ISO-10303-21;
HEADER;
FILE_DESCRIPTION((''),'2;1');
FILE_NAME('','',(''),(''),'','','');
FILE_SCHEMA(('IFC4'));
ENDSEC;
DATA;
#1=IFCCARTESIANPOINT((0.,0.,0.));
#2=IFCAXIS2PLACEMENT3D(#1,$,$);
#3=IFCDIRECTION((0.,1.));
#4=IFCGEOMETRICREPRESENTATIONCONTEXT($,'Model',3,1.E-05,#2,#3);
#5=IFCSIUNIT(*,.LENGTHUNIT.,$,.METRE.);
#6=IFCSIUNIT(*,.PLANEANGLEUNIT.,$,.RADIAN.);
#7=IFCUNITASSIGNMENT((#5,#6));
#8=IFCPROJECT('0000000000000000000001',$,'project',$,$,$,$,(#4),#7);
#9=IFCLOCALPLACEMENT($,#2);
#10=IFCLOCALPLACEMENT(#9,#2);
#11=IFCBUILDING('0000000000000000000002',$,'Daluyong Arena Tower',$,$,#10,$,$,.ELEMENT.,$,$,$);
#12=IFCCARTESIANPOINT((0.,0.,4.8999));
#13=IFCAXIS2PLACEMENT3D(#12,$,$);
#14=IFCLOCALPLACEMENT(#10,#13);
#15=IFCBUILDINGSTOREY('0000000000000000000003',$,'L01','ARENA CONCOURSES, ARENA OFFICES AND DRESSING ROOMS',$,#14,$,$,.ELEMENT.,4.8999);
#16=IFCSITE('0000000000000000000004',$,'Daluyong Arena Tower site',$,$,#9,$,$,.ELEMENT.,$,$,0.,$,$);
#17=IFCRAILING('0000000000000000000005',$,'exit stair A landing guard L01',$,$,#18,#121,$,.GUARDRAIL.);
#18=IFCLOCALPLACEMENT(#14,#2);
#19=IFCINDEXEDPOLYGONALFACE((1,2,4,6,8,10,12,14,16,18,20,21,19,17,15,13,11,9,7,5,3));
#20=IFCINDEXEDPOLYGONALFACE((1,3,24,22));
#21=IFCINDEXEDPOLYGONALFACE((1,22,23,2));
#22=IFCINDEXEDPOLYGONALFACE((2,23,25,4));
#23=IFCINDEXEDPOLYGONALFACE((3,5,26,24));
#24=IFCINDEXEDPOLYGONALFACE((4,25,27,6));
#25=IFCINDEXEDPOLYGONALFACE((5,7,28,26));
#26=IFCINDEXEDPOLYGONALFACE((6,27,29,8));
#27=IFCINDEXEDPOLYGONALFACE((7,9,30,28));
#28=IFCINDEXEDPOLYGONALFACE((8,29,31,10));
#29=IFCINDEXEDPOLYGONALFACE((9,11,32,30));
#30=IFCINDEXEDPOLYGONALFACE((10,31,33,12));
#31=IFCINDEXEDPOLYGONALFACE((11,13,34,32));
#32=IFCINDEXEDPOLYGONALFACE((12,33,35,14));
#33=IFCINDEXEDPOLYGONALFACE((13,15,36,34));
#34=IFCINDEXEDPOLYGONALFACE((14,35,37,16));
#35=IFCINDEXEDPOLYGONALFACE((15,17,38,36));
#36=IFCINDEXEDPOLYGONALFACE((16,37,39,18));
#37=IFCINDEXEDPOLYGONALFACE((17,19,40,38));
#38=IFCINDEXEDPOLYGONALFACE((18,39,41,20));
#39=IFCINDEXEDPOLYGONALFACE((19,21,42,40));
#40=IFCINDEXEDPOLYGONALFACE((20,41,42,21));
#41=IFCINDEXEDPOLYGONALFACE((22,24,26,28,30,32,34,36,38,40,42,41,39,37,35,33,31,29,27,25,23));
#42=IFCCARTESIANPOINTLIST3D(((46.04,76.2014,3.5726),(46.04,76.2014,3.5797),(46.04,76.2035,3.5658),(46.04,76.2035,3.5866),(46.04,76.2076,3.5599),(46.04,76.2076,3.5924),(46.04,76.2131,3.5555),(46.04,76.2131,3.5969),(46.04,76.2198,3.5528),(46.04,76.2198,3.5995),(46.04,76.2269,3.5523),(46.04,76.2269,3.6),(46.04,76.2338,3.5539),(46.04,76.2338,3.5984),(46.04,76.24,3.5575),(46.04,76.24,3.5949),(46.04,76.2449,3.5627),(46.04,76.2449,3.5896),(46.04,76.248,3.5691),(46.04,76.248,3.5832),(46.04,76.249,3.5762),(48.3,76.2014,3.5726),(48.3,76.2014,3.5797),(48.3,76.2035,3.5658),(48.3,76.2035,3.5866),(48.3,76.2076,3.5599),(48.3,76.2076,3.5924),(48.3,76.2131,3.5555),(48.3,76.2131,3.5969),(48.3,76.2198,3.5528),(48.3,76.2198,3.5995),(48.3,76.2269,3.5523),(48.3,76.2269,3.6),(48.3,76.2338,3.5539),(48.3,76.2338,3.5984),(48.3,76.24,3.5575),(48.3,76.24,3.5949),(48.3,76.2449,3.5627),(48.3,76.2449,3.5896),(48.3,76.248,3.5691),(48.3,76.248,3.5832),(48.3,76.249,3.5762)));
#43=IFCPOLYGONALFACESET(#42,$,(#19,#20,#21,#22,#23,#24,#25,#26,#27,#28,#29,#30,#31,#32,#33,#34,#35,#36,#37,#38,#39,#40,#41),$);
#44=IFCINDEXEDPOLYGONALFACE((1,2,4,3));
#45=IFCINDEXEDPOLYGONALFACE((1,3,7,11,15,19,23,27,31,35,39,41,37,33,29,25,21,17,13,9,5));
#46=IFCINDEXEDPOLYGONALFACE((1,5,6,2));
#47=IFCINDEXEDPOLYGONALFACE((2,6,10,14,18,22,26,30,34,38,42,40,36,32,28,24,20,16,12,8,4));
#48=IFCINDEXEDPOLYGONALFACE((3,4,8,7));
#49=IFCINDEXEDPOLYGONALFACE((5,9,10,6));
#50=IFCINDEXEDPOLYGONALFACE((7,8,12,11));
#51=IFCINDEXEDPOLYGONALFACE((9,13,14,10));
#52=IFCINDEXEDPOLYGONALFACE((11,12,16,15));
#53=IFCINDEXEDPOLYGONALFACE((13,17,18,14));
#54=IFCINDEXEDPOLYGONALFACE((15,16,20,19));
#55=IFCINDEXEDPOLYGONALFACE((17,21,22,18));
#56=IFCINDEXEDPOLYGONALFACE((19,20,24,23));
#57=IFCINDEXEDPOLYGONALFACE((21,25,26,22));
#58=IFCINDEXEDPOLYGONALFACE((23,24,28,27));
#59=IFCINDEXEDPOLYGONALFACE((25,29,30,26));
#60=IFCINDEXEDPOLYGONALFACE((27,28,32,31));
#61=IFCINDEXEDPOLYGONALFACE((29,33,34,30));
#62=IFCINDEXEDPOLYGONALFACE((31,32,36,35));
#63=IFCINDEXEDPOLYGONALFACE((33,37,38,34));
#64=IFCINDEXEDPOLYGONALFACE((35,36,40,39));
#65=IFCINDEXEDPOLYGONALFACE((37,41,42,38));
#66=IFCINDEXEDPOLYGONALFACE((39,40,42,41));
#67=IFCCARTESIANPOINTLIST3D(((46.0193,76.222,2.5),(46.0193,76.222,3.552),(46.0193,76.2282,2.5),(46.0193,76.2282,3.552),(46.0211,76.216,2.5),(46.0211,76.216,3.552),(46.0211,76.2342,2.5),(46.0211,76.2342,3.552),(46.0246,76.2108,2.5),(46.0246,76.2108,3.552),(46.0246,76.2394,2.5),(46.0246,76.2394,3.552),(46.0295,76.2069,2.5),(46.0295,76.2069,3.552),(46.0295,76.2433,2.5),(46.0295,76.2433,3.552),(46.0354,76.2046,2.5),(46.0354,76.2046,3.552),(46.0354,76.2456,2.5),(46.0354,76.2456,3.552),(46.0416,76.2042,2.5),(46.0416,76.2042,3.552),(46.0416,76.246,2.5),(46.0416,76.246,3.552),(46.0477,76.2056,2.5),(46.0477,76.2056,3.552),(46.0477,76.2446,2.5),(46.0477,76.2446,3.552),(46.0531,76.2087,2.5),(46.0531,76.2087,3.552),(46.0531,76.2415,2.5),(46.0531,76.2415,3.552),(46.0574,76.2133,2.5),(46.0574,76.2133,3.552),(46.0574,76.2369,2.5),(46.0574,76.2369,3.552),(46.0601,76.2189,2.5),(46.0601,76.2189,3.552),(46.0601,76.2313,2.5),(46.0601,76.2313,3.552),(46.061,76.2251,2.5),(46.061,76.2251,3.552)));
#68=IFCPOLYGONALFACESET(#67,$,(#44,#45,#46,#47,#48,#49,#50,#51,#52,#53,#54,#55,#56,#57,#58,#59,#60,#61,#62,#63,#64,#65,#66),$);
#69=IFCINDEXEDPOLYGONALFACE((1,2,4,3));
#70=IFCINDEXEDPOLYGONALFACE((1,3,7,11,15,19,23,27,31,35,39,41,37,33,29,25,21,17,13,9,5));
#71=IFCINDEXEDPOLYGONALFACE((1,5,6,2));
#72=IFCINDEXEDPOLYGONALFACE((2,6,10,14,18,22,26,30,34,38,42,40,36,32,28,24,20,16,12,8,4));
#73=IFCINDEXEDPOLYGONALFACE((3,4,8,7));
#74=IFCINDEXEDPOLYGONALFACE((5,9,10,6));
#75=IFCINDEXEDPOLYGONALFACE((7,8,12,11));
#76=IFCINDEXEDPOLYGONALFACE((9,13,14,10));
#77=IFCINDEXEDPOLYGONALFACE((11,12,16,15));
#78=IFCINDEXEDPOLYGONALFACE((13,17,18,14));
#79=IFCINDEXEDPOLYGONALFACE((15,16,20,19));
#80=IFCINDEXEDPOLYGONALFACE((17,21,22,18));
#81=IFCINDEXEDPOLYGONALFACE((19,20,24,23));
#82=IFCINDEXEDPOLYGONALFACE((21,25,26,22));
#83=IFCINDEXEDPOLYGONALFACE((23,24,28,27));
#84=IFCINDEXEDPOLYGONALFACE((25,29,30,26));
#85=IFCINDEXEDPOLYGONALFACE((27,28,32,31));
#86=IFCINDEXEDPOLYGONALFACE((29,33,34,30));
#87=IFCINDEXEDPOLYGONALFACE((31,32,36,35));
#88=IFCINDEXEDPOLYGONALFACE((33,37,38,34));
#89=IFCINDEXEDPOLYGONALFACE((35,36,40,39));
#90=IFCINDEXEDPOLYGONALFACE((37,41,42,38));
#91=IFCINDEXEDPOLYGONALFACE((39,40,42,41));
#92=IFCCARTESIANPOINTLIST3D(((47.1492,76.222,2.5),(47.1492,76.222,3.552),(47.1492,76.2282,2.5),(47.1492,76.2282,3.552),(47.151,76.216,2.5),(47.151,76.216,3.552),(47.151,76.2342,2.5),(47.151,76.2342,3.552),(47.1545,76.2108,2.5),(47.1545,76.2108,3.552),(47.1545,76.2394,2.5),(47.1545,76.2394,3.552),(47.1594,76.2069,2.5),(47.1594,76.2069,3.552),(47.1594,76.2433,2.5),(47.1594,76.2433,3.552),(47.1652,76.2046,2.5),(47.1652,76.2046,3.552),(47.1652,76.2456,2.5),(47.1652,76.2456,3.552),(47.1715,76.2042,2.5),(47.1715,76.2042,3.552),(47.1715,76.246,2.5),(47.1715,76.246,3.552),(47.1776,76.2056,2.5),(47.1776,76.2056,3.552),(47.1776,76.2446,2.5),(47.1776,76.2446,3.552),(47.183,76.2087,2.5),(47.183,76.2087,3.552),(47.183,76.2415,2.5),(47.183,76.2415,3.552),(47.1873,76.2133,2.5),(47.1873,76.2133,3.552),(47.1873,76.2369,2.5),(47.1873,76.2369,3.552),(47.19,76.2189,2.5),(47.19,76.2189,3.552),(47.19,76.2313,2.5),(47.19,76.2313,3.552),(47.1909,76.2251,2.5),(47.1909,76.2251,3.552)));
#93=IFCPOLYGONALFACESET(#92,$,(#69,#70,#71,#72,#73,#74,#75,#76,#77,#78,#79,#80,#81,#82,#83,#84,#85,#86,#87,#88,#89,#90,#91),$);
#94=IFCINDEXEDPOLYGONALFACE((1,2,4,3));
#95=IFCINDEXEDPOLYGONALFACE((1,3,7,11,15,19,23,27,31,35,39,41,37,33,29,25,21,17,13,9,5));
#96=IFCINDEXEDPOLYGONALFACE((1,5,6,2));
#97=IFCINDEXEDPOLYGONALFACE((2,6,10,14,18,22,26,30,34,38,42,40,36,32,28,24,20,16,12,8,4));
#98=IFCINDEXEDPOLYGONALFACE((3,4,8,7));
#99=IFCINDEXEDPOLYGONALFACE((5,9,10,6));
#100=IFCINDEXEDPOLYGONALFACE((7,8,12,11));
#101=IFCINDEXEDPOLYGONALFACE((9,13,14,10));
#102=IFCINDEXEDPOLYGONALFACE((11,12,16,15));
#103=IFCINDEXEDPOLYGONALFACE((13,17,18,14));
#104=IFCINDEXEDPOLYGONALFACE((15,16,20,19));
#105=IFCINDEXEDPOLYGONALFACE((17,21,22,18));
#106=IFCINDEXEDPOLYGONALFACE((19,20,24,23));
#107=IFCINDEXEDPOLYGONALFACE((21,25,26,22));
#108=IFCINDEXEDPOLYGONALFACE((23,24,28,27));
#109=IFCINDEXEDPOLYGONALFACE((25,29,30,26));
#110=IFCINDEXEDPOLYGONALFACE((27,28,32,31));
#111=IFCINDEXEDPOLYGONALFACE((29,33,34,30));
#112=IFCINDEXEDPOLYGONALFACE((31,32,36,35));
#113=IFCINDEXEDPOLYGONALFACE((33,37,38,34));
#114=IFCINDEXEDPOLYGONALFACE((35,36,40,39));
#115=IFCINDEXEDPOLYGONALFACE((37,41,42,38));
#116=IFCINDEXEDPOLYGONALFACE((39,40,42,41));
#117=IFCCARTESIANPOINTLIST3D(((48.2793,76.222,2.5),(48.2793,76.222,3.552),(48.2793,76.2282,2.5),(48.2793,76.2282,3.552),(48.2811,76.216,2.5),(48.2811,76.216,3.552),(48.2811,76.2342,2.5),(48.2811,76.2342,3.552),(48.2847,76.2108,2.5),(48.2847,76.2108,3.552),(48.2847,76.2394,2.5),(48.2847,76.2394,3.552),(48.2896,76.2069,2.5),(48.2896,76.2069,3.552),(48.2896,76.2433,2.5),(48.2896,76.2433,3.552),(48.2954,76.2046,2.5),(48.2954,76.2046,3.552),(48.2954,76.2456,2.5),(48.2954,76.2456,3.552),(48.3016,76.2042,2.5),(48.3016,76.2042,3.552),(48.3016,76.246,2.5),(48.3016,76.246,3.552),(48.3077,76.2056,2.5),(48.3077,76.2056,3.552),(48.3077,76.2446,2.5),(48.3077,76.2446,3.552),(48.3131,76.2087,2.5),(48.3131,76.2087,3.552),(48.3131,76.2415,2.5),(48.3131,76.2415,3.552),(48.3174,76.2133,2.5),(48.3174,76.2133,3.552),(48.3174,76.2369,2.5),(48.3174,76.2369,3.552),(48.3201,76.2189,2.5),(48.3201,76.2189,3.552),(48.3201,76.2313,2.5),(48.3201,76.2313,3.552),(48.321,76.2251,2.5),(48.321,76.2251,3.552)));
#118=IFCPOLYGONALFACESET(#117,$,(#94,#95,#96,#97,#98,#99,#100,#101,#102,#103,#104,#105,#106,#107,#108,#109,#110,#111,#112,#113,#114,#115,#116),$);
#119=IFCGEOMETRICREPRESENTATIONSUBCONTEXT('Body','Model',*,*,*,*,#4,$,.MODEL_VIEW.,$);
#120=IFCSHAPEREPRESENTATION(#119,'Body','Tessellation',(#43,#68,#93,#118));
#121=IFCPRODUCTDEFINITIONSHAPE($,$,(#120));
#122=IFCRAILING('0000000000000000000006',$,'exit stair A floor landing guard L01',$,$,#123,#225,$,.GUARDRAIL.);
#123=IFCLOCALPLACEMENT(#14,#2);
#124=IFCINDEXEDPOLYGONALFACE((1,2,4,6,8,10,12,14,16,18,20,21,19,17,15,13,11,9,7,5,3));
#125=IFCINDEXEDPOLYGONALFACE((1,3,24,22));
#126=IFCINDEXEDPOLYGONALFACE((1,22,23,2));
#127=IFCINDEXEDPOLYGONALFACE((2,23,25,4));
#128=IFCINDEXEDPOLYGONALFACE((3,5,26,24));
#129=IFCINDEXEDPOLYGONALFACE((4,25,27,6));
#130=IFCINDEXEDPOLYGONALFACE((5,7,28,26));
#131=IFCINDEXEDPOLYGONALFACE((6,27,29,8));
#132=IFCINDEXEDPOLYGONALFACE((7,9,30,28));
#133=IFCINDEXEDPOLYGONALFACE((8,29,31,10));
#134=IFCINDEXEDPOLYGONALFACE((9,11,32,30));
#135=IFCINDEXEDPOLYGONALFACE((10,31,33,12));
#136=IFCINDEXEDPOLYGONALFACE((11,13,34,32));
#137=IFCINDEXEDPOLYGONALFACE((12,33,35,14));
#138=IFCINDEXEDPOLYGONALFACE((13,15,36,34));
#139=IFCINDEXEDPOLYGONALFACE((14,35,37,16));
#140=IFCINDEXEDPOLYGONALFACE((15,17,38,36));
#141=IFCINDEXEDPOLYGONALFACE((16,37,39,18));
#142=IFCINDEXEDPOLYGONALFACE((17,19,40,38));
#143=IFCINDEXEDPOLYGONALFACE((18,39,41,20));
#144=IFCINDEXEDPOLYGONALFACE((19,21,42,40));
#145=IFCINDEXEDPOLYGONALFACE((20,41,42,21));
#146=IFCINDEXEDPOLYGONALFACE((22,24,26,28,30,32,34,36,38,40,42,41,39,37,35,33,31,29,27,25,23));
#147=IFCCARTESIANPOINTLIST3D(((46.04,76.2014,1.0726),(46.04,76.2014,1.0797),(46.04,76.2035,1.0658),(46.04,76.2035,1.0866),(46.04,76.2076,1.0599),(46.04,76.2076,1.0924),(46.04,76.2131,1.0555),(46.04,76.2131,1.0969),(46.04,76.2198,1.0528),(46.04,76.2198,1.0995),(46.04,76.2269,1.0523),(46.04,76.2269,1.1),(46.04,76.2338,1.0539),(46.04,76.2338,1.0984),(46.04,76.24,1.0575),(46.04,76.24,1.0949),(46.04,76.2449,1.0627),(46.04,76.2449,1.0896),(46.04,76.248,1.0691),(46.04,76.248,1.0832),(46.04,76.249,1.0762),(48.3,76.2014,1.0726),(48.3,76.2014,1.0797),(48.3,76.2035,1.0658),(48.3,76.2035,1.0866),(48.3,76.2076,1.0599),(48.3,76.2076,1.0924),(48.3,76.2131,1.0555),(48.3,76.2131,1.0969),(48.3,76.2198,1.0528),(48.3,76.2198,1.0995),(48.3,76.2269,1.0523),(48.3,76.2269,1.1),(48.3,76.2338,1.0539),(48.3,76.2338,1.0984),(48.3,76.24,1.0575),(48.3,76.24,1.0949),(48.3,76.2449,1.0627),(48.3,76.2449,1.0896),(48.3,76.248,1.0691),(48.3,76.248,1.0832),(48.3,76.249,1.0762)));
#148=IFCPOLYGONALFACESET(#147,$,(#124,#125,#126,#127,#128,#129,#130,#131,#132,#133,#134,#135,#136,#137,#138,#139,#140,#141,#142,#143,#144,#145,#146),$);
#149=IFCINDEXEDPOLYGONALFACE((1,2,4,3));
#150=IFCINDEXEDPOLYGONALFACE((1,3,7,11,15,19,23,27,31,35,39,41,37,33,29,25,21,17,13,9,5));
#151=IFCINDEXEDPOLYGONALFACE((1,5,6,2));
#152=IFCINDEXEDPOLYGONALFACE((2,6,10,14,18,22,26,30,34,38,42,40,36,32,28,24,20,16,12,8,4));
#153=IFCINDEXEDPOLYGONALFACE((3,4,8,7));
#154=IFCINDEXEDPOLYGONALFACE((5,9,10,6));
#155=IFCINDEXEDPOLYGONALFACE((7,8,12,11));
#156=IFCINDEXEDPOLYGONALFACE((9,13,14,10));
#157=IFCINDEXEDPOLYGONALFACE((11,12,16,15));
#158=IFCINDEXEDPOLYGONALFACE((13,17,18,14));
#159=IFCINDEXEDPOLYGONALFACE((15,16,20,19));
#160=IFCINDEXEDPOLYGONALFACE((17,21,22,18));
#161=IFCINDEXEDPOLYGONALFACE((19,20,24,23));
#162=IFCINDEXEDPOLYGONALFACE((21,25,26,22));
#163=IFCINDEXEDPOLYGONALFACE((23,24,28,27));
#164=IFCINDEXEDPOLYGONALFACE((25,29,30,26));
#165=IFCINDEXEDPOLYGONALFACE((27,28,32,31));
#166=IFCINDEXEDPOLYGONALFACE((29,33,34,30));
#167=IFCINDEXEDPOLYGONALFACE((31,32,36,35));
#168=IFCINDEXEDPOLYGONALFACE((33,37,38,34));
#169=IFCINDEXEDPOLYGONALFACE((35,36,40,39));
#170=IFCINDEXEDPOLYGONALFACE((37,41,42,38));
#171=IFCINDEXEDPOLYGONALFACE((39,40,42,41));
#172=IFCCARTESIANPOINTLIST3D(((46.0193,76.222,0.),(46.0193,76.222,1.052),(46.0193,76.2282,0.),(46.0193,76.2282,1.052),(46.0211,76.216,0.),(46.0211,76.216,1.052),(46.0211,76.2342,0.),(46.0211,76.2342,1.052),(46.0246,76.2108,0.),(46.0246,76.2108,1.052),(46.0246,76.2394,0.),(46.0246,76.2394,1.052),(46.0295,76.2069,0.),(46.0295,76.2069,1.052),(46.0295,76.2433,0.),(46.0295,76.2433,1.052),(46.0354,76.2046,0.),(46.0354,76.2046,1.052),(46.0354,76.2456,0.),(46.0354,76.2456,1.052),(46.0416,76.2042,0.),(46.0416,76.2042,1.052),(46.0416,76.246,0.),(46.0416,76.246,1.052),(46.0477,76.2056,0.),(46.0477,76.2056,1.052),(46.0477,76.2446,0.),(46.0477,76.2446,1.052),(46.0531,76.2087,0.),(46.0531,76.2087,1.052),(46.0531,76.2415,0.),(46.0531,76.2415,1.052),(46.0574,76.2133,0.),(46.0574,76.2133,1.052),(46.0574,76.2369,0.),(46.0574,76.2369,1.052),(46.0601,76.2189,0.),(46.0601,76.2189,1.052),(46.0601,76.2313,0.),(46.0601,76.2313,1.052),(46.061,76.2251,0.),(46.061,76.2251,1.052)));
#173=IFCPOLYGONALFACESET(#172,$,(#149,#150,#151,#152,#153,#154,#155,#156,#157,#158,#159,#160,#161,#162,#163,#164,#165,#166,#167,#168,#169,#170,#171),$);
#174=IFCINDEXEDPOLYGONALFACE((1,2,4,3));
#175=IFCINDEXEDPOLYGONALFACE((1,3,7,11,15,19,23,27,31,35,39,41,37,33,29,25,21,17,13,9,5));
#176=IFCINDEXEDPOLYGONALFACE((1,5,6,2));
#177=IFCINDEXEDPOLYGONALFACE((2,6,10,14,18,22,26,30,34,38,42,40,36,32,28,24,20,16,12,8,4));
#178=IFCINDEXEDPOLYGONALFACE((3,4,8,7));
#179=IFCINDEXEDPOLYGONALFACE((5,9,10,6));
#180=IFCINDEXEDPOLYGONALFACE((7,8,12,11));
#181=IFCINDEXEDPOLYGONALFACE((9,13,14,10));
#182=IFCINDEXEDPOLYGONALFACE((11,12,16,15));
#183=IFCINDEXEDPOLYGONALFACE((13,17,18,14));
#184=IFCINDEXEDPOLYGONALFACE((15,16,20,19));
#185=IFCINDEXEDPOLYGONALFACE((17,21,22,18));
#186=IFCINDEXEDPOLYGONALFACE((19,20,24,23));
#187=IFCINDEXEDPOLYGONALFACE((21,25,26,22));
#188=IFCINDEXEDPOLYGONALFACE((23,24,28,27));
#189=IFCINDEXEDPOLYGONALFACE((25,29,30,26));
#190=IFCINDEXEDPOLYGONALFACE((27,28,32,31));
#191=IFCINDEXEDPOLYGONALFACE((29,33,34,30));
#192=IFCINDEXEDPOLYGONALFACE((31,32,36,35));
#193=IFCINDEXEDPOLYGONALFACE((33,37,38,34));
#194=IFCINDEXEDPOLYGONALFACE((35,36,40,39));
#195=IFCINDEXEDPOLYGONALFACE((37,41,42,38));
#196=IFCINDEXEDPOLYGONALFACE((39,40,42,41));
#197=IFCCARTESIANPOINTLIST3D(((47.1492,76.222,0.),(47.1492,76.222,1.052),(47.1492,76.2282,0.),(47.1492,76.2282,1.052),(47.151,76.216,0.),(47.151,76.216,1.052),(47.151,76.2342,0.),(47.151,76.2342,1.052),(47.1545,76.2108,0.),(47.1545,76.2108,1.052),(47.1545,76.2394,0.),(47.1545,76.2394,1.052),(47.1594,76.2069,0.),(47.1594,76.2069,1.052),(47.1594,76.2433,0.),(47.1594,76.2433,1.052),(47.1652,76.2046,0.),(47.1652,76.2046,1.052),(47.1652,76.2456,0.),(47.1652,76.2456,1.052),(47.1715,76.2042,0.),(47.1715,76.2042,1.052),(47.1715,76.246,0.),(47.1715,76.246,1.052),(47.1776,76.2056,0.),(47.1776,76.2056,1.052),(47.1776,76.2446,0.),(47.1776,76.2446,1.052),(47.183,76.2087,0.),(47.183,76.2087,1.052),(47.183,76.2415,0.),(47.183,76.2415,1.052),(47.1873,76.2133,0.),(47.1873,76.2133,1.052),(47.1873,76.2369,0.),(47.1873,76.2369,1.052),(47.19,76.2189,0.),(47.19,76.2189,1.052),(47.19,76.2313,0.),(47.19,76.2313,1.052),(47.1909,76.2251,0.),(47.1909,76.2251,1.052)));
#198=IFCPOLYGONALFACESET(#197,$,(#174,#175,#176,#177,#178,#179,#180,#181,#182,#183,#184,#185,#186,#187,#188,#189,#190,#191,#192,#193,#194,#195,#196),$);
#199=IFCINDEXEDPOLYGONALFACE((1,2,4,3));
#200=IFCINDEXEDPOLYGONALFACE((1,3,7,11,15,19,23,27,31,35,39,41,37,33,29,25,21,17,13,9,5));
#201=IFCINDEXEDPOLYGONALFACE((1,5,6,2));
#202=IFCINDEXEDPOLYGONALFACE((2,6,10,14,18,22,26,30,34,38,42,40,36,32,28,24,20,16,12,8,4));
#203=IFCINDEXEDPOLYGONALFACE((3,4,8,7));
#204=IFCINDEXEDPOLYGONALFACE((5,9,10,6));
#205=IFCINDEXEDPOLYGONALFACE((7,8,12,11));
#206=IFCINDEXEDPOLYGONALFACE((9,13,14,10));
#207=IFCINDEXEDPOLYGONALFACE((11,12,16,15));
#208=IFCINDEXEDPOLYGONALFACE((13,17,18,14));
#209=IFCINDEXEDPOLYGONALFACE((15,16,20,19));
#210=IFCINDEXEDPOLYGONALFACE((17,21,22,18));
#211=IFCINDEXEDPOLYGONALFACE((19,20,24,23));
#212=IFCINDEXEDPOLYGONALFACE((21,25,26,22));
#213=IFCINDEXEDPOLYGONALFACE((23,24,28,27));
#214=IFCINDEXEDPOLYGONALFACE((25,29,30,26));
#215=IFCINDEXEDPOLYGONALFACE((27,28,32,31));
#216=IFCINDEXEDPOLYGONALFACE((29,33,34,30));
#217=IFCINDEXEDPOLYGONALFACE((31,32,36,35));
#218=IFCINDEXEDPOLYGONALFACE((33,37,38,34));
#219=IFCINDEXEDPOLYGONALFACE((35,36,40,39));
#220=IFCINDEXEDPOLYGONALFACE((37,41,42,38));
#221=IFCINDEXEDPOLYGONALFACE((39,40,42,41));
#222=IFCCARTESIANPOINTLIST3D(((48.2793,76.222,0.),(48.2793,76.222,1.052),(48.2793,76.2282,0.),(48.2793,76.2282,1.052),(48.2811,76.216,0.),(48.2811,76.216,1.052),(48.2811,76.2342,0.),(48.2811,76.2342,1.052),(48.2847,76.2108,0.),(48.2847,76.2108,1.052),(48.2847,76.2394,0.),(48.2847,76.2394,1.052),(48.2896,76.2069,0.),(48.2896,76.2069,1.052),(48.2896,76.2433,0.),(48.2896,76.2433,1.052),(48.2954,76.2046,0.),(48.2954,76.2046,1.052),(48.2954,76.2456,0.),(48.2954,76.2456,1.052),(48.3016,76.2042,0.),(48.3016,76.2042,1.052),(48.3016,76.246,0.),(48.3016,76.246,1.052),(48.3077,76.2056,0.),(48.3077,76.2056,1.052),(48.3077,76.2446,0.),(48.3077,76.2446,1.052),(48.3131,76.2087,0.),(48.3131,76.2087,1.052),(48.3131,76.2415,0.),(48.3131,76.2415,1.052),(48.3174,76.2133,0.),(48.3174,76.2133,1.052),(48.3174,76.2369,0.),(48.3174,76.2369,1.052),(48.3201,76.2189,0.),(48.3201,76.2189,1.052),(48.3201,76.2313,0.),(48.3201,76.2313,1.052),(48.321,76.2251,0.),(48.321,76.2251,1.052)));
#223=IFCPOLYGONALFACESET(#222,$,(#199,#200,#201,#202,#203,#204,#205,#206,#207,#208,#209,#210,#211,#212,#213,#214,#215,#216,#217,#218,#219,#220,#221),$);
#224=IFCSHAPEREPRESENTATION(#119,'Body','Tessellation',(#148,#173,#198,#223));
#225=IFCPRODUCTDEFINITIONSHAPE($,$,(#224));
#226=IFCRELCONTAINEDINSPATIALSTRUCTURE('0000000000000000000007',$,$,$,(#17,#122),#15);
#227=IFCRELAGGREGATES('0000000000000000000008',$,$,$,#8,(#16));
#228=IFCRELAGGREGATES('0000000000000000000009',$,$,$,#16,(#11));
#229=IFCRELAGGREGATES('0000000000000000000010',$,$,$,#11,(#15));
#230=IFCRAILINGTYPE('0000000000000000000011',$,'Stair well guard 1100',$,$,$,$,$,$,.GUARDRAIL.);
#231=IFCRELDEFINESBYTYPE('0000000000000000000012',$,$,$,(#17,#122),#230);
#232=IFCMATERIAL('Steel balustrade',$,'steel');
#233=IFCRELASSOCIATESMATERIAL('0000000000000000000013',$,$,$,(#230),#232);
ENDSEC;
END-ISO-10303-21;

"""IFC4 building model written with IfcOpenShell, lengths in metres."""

from ifc_helpers import new_model, si_unit, direction, frame, origin, origin_2d, place, context, subcontext, project, spatial, circle, extrude, material, type_object, element, save


model = new_model("IFC4")

# Units and contexts
model_context = context("Model", 3, precision=1e-05, world=origin(), true_north=direction((0.0, 1.0)))
body_context = subcontext(model_context, "Body", "Model", "MODEL_VIEW")
ifc_project = project(units=[si_unit("LENGTHUNIT", "METRE"), si_unit("PLANEANGLEUNIT", "RADIAN")], contexts=[model_context])

# Site, building, storey
site_placement = place(None, origin())
site = spatial("IfcSite", under=ifc_project, at=site_placement, Name="Daluyong Arena Tower site", CompositionType="ELEMENT", RefElevation=0.0)
building_placement = place(site_placement, origin())
building = spatial("IfcBuilding", under=site, at=building_placement, Name="Daluyong Arena Tower", CompositionType="ELEMENT")
storey_placement = place(building_placement, frame((0.0, 0.0, 4.8999)))
storey = spatial("IfcBuildingStorey", under=building, at=storey_placement, Name="L01", Description="ARENA CONCOURSES, ARENA OFFICES AND DRESSING ROOMS", CompositionType="ELEMENT", Elevation=4.8999)

# Railings
ifc_material_1 = material(Name="Steel balustrade", Category="steel")
railing_type = type_object("IfcRailingType", Name="Stair well guard 1100", PredefinedType="GUARDRAIL", material=ifc_material_1)
for number, where, name in (
    (1, (46.04, 76.2251, 2.5), "exit stair A landing guard L01"),
    (2, (46.04, 76.2251, 0.0), "exit stair A floor landing guard L01"),
):
    element("IfcRailing", number, at=place(storey_placement, frame(where)), inside=storey, type_object=railing_type, Name=name, PredefinedType="GUARDRAIL", context=body_context, shape_type="SweptSolid", body=[
        extrude(circle(Radius=0.0239, at=origin_2d()), frame((0.0, 0.0, 1.0762), z_axis=(1.0, 0.0, 0.0), x_axis=(0.0, 1.0, 0.0)), (0.0, 0.0, 1.0), 2.26),
        extrude(circle(Radius=0.021, at=origin_2d()), origin(), (0.0, 0.0, 1.0), 1.052),
        extrude(circle(Radius=0.021, at=origin_2d()), frame((1.1299, 0.0, 0.0)), (0.0, 0.0, 1.0), 1.052),
        extrude(circle(Radius=0.021, at=origin_2d()), frame((2.26, 0.0, 0.0)), (0.0, 0.0, 1.0), 1.052),
    ])

save(model, "model.ifc")
